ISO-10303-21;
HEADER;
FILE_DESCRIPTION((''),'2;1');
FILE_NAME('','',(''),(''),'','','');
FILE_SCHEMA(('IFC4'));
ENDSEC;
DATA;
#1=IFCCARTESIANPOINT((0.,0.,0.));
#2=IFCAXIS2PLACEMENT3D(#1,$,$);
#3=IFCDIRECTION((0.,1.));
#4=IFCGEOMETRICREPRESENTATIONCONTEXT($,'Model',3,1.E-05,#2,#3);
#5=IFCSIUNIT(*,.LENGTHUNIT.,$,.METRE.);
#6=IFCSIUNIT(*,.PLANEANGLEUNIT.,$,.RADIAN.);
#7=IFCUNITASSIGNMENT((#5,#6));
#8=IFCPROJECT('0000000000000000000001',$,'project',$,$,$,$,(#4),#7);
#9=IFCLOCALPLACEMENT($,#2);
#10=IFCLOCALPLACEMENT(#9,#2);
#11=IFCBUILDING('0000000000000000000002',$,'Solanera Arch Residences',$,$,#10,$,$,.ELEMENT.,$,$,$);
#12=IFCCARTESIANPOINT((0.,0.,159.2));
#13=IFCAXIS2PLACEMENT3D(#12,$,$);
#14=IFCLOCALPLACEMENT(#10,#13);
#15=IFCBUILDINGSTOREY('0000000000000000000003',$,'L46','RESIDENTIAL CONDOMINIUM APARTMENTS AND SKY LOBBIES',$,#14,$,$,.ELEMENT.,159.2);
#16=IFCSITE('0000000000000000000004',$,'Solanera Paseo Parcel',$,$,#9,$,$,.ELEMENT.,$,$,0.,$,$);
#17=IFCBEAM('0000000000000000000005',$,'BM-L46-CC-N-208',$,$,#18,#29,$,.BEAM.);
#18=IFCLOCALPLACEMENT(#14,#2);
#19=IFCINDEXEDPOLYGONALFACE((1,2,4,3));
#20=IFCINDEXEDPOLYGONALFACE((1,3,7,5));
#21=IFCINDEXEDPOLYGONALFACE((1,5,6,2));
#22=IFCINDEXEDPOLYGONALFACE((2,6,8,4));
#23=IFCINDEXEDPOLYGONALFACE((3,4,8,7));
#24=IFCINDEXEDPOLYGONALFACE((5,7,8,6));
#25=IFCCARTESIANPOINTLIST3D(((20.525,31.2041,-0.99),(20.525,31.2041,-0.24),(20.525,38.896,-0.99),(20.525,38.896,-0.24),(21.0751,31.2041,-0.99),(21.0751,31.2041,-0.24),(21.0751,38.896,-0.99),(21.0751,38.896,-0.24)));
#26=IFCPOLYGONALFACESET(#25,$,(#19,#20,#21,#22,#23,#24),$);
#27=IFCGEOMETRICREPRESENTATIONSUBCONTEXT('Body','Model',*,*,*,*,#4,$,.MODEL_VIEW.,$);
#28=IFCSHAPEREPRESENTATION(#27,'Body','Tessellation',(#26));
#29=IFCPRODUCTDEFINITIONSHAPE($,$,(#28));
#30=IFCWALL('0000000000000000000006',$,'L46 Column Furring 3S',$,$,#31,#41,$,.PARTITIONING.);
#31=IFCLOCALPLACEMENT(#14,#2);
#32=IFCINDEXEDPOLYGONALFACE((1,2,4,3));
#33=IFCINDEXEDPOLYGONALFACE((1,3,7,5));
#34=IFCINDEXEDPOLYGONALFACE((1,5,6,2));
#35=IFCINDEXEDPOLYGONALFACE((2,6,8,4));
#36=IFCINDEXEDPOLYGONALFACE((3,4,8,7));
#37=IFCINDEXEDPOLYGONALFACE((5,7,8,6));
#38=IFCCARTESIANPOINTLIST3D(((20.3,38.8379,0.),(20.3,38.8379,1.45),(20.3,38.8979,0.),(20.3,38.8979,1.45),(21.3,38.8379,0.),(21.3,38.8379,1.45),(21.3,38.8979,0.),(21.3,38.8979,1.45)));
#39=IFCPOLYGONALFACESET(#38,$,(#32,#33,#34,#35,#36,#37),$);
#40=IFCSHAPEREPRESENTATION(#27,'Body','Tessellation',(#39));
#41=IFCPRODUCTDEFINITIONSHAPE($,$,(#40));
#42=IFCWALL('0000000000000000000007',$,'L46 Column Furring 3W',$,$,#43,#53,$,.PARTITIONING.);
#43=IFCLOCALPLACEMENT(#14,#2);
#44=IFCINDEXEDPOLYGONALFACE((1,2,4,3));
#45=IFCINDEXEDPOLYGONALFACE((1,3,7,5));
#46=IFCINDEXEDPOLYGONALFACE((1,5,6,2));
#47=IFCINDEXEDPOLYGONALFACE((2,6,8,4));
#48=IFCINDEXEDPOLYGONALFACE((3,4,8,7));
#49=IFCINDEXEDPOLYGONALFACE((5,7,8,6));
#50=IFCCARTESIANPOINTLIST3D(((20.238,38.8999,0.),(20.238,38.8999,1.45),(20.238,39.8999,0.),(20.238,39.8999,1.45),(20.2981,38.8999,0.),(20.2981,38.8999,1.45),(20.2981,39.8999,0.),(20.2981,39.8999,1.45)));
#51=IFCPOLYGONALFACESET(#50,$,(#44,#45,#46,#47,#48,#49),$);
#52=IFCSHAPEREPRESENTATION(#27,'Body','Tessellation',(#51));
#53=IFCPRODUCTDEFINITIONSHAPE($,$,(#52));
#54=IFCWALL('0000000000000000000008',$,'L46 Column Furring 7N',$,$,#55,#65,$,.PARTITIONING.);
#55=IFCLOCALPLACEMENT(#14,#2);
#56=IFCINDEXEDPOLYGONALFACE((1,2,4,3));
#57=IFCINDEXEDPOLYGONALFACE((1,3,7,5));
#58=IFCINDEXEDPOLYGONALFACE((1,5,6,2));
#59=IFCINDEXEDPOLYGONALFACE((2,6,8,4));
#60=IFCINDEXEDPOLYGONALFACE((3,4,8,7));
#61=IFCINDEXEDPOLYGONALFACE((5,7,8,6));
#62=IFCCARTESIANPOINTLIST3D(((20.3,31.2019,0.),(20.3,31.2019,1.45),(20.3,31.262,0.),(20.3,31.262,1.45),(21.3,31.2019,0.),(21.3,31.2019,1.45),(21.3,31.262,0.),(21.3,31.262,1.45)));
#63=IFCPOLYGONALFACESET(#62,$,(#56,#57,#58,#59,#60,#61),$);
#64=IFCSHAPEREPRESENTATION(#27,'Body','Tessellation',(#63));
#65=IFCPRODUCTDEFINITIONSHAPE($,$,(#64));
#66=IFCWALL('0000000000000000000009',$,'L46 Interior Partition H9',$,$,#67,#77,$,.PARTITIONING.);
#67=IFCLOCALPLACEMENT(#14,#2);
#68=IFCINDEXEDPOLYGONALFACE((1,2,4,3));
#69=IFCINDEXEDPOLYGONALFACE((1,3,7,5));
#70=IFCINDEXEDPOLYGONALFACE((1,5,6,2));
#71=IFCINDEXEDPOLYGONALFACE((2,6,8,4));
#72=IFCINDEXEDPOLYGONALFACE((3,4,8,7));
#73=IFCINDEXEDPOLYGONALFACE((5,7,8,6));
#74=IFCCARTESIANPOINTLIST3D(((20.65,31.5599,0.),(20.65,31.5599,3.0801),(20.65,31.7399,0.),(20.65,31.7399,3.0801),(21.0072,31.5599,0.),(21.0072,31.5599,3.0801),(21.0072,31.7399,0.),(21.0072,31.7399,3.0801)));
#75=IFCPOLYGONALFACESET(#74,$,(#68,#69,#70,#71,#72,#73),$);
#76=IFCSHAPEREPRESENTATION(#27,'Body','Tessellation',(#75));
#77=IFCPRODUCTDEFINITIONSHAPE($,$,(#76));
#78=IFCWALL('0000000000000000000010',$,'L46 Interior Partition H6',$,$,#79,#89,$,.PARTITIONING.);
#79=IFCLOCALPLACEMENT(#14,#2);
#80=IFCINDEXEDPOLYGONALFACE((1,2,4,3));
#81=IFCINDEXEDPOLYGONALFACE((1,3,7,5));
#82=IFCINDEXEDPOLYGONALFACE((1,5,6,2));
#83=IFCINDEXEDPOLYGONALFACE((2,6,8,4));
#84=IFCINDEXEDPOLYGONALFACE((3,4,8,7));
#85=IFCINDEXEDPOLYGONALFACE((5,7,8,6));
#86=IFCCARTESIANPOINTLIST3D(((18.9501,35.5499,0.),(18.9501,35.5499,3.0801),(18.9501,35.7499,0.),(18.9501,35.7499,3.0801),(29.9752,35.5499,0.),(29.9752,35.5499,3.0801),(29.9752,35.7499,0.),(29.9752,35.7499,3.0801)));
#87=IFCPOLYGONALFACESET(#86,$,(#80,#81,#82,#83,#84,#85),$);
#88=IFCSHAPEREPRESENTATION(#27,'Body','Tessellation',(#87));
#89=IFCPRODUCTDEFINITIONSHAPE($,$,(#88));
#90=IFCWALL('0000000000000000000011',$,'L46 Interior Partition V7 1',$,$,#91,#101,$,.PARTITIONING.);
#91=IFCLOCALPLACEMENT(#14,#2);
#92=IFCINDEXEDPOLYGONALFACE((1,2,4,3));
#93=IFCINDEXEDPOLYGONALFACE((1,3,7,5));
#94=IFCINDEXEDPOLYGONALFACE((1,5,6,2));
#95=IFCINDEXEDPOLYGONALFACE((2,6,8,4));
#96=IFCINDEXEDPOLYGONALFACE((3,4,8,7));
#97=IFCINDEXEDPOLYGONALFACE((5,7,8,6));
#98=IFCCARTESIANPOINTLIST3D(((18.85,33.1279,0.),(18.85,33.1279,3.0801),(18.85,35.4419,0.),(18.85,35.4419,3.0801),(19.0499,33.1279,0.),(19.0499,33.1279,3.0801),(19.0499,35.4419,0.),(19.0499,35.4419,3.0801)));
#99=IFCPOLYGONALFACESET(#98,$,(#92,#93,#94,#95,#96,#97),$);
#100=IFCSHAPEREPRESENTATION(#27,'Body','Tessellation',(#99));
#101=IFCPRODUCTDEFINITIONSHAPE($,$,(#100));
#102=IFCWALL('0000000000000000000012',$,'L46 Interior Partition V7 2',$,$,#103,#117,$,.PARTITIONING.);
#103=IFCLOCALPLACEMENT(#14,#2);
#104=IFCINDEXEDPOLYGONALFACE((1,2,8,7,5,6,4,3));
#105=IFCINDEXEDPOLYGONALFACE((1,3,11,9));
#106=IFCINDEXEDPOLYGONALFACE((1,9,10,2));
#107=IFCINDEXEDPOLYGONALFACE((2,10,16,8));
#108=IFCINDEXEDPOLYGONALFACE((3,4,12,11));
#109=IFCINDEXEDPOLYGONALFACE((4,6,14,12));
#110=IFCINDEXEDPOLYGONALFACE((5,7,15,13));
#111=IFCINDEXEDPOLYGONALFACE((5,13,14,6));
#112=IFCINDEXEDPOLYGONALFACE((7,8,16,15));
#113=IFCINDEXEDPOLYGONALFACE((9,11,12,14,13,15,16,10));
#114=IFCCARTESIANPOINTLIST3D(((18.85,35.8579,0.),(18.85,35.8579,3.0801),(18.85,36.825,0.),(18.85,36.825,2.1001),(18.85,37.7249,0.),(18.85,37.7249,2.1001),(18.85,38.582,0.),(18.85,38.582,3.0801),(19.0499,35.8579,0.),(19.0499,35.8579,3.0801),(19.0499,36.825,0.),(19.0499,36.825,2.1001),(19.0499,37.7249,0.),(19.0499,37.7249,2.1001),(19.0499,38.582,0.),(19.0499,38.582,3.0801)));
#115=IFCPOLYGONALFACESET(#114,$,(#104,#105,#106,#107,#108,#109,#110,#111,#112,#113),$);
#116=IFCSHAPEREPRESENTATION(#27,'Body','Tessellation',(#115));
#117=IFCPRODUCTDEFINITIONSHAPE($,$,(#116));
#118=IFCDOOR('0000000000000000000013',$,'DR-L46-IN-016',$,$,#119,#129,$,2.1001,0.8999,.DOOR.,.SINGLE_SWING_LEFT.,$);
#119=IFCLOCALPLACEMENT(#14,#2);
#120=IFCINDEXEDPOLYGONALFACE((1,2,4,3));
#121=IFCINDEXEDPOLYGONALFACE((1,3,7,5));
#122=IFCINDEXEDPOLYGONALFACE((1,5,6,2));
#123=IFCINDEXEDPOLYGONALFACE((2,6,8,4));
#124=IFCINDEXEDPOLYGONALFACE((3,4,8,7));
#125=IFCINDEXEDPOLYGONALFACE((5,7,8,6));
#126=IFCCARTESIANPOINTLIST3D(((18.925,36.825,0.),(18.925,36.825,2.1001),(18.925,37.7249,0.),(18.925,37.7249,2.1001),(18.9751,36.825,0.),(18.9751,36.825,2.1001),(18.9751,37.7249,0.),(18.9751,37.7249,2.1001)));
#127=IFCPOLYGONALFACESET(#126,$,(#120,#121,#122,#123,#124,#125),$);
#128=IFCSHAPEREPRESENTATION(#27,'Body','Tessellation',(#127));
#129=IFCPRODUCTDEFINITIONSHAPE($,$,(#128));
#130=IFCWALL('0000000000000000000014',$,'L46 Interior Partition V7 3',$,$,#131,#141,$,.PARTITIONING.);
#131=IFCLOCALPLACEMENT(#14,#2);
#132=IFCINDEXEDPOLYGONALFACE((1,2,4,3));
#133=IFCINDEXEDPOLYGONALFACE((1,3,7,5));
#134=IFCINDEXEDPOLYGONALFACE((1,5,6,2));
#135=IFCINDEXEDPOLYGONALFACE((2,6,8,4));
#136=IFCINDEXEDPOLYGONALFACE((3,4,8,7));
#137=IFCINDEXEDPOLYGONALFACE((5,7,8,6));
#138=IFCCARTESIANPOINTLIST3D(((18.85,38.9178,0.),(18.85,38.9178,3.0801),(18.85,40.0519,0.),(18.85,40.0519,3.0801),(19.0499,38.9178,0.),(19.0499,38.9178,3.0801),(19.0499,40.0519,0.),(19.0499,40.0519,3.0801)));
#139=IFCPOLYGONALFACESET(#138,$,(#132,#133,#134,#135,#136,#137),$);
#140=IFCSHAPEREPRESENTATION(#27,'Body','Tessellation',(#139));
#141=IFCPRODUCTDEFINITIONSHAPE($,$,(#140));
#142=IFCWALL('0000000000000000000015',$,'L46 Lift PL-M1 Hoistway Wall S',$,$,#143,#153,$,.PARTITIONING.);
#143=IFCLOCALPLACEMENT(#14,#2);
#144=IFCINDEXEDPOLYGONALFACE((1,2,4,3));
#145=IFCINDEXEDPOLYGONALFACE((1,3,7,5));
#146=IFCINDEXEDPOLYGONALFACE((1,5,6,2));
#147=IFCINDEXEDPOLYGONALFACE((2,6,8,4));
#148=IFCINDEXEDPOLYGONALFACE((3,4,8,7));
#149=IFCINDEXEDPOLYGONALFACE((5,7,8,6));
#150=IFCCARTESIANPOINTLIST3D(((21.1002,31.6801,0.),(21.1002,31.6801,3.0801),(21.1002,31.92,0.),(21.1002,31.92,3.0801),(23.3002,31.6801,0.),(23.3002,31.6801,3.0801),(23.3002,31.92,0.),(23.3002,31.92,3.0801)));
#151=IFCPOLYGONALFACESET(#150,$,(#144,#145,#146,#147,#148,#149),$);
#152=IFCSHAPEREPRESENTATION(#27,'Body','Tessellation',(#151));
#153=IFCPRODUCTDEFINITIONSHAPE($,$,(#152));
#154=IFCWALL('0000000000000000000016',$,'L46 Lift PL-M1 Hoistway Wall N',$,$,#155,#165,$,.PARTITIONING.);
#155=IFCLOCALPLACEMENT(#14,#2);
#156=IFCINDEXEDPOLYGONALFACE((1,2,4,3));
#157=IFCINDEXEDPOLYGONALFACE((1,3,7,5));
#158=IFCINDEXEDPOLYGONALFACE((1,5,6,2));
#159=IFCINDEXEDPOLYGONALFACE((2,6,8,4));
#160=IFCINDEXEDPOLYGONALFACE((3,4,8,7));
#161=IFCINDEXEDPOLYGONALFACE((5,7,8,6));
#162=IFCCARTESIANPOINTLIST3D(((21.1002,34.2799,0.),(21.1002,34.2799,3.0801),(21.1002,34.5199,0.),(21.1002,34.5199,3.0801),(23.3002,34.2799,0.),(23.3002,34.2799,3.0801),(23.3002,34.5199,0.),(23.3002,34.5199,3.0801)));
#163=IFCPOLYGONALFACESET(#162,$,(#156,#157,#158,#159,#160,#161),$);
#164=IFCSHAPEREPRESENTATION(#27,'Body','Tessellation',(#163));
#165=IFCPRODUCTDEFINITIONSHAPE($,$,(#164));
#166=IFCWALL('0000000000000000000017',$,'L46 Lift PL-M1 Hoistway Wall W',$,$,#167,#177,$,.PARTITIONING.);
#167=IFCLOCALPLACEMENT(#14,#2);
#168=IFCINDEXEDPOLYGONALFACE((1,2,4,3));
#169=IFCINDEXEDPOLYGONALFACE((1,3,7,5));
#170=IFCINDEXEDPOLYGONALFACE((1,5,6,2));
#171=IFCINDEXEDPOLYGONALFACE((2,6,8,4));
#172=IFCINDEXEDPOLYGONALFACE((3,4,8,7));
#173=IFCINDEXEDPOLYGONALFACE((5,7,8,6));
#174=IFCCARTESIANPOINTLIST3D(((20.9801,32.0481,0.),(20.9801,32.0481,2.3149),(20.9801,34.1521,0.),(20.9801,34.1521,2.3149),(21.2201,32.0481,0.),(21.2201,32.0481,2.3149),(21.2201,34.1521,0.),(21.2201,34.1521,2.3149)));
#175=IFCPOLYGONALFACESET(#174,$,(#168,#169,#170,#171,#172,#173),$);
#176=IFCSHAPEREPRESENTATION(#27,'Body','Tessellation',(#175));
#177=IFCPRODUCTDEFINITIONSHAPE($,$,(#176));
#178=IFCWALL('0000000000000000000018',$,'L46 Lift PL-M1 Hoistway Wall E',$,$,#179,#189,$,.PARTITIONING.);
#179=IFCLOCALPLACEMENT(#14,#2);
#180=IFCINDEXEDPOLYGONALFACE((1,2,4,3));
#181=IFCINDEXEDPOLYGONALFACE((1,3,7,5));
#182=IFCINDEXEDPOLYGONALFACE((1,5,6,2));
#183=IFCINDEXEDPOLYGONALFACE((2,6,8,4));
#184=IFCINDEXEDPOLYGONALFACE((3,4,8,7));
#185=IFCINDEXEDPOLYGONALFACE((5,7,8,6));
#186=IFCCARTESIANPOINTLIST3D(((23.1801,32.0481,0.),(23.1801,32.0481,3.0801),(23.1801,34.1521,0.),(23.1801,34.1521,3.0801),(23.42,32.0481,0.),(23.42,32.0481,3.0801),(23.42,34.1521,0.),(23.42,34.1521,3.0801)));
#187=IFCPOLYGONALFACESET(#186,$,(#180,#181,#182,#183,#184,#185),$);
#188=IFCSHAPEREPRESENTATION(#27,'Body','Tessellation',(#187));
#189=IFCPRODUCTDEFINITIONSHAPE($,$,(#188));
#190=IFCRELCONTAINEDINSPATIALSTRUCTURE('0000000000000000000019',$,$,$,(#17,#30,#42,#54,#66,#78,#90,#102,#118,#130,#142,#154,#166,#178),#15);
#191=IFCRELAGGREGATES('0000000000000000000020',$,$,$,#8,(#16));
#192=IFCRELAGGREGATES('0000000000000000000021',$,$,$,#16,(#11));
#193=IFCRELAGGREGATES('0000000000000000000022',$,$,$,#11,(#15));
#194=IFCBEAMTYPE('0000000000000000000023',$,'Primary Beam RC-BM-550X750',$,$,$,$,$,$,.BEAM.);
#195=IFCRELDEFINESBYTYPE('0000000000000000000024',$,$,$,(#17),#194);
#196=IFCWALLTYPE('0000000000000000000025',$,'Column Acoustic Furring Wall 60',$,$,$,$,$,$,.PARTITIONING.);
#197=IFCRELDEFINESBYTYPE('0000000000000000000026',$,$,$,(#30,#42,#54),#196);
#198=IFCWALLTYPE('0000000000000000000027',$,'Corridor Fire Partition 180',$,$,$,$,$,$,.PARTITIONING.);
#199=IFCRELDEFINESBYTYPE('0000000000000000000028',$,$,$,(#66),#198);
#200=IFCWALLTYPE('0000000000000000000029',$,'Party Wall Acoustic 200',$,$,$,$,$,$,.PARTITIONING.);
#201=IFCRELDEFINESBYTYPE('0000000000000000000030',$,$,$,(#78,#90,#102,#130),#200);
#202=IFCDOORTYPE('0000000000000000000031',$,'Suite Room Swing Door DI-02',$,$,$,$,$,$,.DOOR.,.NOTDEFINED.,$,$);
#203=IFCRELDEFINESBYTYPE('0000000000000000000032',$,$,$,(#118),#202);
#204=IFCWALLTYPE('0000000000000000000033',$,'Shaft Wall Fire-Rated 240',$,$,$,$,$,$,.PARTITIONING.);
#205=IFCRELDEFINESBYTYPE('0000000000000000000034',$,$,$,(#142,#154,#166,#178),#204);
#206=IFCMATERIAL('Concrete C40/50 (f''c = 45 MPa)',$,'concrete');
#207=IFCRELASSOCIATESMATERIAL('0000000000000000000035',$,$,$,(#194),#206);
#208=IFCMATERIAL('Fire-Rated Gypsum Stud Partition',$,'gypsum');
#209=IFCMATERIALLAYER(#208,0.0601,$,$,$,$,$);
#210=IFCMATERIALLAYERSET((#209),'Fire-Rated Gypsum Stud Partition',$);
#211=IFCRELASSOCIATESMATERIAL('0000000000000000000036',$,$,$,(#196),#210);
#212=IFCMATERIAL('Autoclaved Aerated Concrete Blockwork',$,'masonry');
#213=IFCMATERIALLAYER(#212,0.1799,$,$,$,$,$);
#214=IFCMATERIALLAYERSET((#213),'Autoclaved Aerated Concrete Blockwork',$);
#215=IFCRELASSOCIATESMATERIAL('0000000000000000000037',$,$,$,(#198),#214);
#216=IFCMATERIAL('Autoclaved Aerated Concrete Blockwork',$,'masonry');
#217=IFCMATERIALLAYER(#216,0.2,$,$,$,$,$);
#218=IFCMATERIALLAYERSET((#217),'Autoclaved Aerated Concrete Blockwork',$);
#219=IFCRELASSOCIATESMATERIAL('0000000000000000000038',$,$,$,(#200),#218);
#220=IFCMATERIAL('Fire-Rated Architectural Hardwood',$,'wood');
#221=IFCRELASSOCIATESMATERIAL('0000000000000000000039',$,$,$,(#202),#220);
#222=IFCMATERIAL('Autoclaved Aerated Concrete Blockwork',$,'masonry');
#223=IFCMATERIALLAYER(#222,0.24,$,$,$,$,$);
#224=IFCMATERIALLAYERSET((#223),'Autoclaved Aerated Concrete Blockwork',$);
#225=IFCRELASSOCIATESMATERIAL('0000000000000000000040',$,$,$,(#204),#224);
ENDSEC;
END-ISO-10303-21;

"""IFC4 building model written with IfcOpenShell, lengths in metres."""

from ifc_helpers import new_model, si_unit, direction, frame, frame_2d, origin, origin_2d, place, context, subcontext, project, spatial, rectangle, extrude, material, layer, layer_set, material_profile, profile_set, type_object, element, fill, save


model = new_model("IFC4")

# Units and contexts
model_context = context("Model", 3, precision=1e-05, world=origin(), true_north=direction((0.0, 1.0)))
body_context = subcontext(model_context, "Body", "Model", "MODEL_VIEW")
ifc_project = project(units=[si_unit("LENGTHUNIT", "METRE"), si_unit("PLANEANGLEUNIT", "RADIAN")], contexts=[model_context])

# Site, building, storey
site_placement = place(None, origin())
site = spatial("IfcSite", under=ifc_project, at=site_placement, Name="Solanera Paseo Parcel", CompositionType="ELEMENT", RefElevation=0.0)
building_placement = place(site_placement, origin())
building = spatial("IfcBuilding", under=site, at=building_placement, Name="Solanera Arch Residences", CompositionType="ELEMENT")
storey_placement = place(building_placement, frame((0.0, 0.0, 159.2)))
storey = spatial("IfcBuildingStorey", under=building, at=storey_placement, Name="L46", Description="RESIDENTIAL CONDOMINIUM APARTMENTS AND SKY LOBBIES", CompositionType="ELEMENT", Elevation=159.2)

# Beam
ifc_material_1 = material(Name="Concrete C40/50 (f'c = 45 MPa)", Category="concrete")
ifc_material_profile = material_profile(ifc_material_1, rectangle(XDim=0.55, YDim=0.75, at=origin_2d()))
ifc_profile_set = profile_set([ifc_material_profile], Name="Concrete C40/50 (f'c = 45 MPa)")
beam_type = type_object("IfcBeamType", Name="Primary Beam RC-BM-550X750", PredefinedType="BEAM", material=ifc_profile_set)
beam_placement = place(storey_placement, frame((20.8, 31.2041, -0.615), z_axis=(0.0, 1.0, 0.0), x_axis=(-1.0, 0.0, 0.0)))
element("IfcBeam", 1, at=beam_placement, inside=storey, type_object=beam_type, Name="BM-L46-CC-N-208", PredefinedType="BEAM", context=body_context, shape_type="SweptSolid", body=[
    extrude(rectangle(XDim=0.55, YDim=0.75, at=origin_2d()), origin(), (0.0, 0.0, 1.0), 7.6919),
])

# Walls
ifc_material_2 = material(Name="Fire-Rated Gypsum Stud Partition", Category="gypsum")
ifc_layer_1 = layer(ifc_material_2, 0.0601)
ifc_layer_set_1 = layer_set([ifc_layer_1], Name="Fire-Rated Gypsum Stud Partition")
wall_type_1 = type_object("IfcWallType", Name="Column Acoustic Furring Wall 60", PredefinedType="PARTITIONING", material=ifc_layer_set_1)
for number, where, z_axis, x_axis, name in (
    (2, (20.3, 38.8679, 0.0), (0.0, 0.0, 1.0), (1.0, 0.0, 0.0), "L46 Column Furring 3S"),
    (3, (20.2681, 38.8999, 0.0), (0.0, 0.0, 1.0), (0.0, 1.0, 0.0), "L46 Column Furring 3W"),
    (4, (20.3, 31.2319, 0.0), (0.0, 0.0, 1.0), (1.0, 0.0, 0.0), "L46 Column Furring 7N"),
):
    element("IfcWall", number, at=place(storey_placement, frame(where, z_axis=z_axis, x_axis=x_axis)), inside=storey, type_object=wall_type_1, Name=name, PredefinedType="PARTITIONING", context=body_context, shape_type="SweptSolid", body=[
        extrude(rectangle(XDim=1.0, YDim=0.0601, at=frame_2d((0.5, 0.0))), origin(), (0.0, 0.0, 1.0), 1.45),
    ])

# Walls
ifc_material_3 = material(Name="Autoclaved Aerated Concrete Blockwork", Category="masonry")
ifc_layer_2 = layer(ifc_material_3, 0.1799)
ifc_layer_set_2 = layer_set([ifc_layer_2], Name="Autoclaved Aerated Concrete Blockwork")
wall_type_2 = type_object("IfcWallType", Name="Corridor Fire Partition 180", PredefinedType="PARTITIONING", material=ifc_layer_set_2)
wall_1_placement = place(storey_placement, frame((20.6499, 31.6499, 0.0), z_axis=(0.0, 0.0, 1.0), x_axis=(1.0, 0.0, 0.0)))
element("IfcWall", 5, at=wall_1_placement, inside=storey, type_object=wall_type_2, Name="L46 Interior Partition H9", PredefinedType="PARTITIONING", context=body_context, shape_type="SweptSolid", body=[
    extrude(rectangle(XDim=0.3572, YDim=0.1799, at=frame_2d((0.1787, 0.0))), origin(), (0.0, 0.0, 1.0), 3.0801),
])
ifc_material_4 = material(Name="Autoclaved Aerated Concrete Blockwork", Category="masonry")
ifc_layer_3 = layer(ifc_material_4, 0.2)
ifc_layer_set_3 = layer_set([ifc_layer_3], Name="Autoclaved Aerated Concrete Blockwork")
wall_type_3 = type_object("IfcWallType", Name="Party Wall Acoustic 200", PredefinedType="PARTITIONING", material=ifc_layer_set_3)
wall_2_placement = place(storey_placement, frame((18.95, 35.6499, 0.0), z_axis=(0.0, 0.0, 1.0), x_axis=(1.0, 0.0, 0.0)))
element("IfcWall", 6, at=wall_2_placement, inside=storey, type_object=wall_type_3, Name="L46 Interior Partition H6", PredefinedType="PARTITIONING", context=body_context, shape_type="SweptSolid", body=[
    extrude(rectangle(XDim=11.0251, YDim=0.2, at=frame_2d((5.5127, 0.0))), origin(), (0.0, 0.0, 1.0), 3.0801),
])
wall_3_placement = place(storey_placement, frame((18.95, 33.1279, 0.0), z_axis=(0.0, 0.0, 1.0), x_axis=(0.0, 1.0, 0.0)))
element("IfcWall", 7, at=wall_3_placement, inside=storey, type_object=wall_type_3, Name="L46 Interior Partition V7 1", PredefinedType="PARTITIONING", context=body_context, shape_type="SweptSolid", body=[
    extrude(rectangle(XDim=2.314, YDim=0.2, at=frame_2d((1.157, 0.0))), origin(), (0.0, 0.0, 1.0), 3.0801),
])

# Wall, opening, door
wall_4_placement = place(storey_placement, frame((18.95, 35.8579, 0.0), z_axis=(0.0, 0.0, 1.0), x_axis=(0.0, 1.0, 0.0)))
wall_4 = element("IfcWall", 8, at=wall_4_placement, inside=storey, type_object=wall_type_3, Name="L46 Interior Partition V7 2", PredefinedType="PARTITIONING", context=body_context, shape_type="SweptSolid", body=[
    extrude(rectangle(XDim=2.7241, YDim=0.2, at=frame_2d((1.3621, 0.0))), origin(), (0.0, 0.0, 1.0), 3.0801),
])
opening_1_placement = place(wall_4_placement, frame((0.967, 0.0, 0.0)))
opening_1 = element("IfcOpeningElement", 9, at=opening_1_placement, cuts=wall_4, PredefinedType="OPENING", context=body_context, shape_type="SweptSolid", body=[
    extrude(rectangle(XDim=0.8999, YDim=2.1001, at=frame_2d((0.45, 1.05))), frame((0.0, 0.1101, 0.0), z_axis=(0.0, -1.0, 0.0), x_axis=(1.0, 0.0, 0.0)), (0.0, 0.0, 1.0), 0.22),
])
ifc_material_5 = material(Name="Fire-Rated Architectural Hardwood", Category="wood")
door_type_1 = type_object("IfcDoorType", Name="Suite Room Swing Door DI-02", OperationType="NOTDEFINED", PredefinedType="DOOR", material=ifc_material_5)
door_1_placement = place(opening_1_placement, origin())
door_1 = element("IfcDoor", 10, at=door_1_placement, inside=storey, type_object=door_type_1, Name="DR-L46-IN-016", OperationType="SINGLE_SWING_LEFT", OverallHeight=2.1001, OverallWidth=0.8999, PredefinedType="DOOR", context=body_context, shape_type="SweptSolid", body=[
    extrude(rectangle(XDim=0.8999, YDim=2.1001, at=frame_2d((0.45, 1.05))), frame((0.0, 0.0249, 0.0), z_axis=(0.0, -1.0, 0.0), x_axis=(1.0, 0.0, 0.0)), (0.0, 0.0, 1.0), 0.05),
])
fill(opening_1, door_1)

# Walls
wall_5_placement = place(storey_placement, frame((18.95, 38.918, 0.0), z_axis=(0.0, 0.0, 1.0), x_axis=(0.0, 1.0, 0.0)))
element("IfcWall", 11, at=wall_5_placement, inside=storey, type_object=wall_type_3, Name="L46 Interior Partition V7 3", PredefinedType="PARTITIONING", context=body_context, shape_type="SweptSolid", body=[
    extrude(rectangle(XDim=1.134, YDim=0.2, at=frame_2d((0.5669, 0.0))), origin(), (0.0, 0.0, 1.0), 3.0801),
])
ifc_material_6 = material(Name="Autoclaved Aerated Concrete Blockwork", Category="masonry")
ifc_layer_4 = layer(ifc_material_6, 0.24)
ifc_layer_set_4 = layer_set([ifc_layer_4], Name="Autoclaved Aerated Concrete Blockwork")
wall_type_4 = type_object("IfcWallType", Name="Shaft Wall Fire-Rated 240", PredefinedType="PARTITIONING", material=ifc_layer_set_4)
for number, where, z_axis, x_axis, name in (
    (12, (21.1001, 31.8, 0.0), (0.0, 0.0, 1.0), (1.0, 0.0, 0.0), "L46 Lift PL-M1 Hoistway Wall S"),
    (13, (21.1001, 34.3999, 0.0), (0.0, 0.0, 1.0), (1.0, 0.0, 0.0), "L46 Lift PL-M1 Hoistway Wall N"),
):
    element("IfcWall", number, at=place(storey_placement, frame(where, z_axis=z_axis, x_axis=x_axis)), inside=storey, type_object=wall_type_4, Name=name, PredefinedType="PARTITIONING", context=body_context, shape_type="SweptSolid", body=[
        extrude(rectangle(XDim=2.2, YDim=0.24, at=frame_2d((1.1001, 0.0))), origin(), (0.0, 0.0, 1.0), 3.0801),
    ])
wall_6_placement = place(storey_placement, frame((21.1001, 32.0481, 0.0), z_axis=(0.0, 0.0, 1.0), x_axis=(0.0, 1.0, 0.0)))
element("IfcWall", 14, at=wall_6_placement, inside=storey, type_object=wall_type_4, Name="L46 Lift PL-M1 Hoistway Wall W", PredefinedType="PARTITIONING", context=body_context, shape_type="SweptSolid", body=[
    extrude(rectangle(XDim=2.104, YDim=0.24, at=frame_2d((1.052, 0.0))), origin(), (0.0, 0.0, 1.0), 2.3149),
])
wall_7_placement = place(storey_placement, frame((23.3, 32.0481, 0.0), z_axis=(0.0, 0.0, 1.0), x_axis=(0.0, 1.0, 0.0)))
element("IfcWall", 15, at=wall_7_placement, inside=storey, type_object=wall_type_4, Name="L46 Lift PL-M1 Hoistway Wall E", PredefinedType="PARTITIONING", context=body_context, shape_type="SweptSolid", body=[
    extrude(rectangle(XDim=2.104, YDim=0.24, at=frame_2d((1.052, 0.0))), origin(), (0.0, 0.0, 1.0), 3.0801),
])

save(model, "model.ifc")
